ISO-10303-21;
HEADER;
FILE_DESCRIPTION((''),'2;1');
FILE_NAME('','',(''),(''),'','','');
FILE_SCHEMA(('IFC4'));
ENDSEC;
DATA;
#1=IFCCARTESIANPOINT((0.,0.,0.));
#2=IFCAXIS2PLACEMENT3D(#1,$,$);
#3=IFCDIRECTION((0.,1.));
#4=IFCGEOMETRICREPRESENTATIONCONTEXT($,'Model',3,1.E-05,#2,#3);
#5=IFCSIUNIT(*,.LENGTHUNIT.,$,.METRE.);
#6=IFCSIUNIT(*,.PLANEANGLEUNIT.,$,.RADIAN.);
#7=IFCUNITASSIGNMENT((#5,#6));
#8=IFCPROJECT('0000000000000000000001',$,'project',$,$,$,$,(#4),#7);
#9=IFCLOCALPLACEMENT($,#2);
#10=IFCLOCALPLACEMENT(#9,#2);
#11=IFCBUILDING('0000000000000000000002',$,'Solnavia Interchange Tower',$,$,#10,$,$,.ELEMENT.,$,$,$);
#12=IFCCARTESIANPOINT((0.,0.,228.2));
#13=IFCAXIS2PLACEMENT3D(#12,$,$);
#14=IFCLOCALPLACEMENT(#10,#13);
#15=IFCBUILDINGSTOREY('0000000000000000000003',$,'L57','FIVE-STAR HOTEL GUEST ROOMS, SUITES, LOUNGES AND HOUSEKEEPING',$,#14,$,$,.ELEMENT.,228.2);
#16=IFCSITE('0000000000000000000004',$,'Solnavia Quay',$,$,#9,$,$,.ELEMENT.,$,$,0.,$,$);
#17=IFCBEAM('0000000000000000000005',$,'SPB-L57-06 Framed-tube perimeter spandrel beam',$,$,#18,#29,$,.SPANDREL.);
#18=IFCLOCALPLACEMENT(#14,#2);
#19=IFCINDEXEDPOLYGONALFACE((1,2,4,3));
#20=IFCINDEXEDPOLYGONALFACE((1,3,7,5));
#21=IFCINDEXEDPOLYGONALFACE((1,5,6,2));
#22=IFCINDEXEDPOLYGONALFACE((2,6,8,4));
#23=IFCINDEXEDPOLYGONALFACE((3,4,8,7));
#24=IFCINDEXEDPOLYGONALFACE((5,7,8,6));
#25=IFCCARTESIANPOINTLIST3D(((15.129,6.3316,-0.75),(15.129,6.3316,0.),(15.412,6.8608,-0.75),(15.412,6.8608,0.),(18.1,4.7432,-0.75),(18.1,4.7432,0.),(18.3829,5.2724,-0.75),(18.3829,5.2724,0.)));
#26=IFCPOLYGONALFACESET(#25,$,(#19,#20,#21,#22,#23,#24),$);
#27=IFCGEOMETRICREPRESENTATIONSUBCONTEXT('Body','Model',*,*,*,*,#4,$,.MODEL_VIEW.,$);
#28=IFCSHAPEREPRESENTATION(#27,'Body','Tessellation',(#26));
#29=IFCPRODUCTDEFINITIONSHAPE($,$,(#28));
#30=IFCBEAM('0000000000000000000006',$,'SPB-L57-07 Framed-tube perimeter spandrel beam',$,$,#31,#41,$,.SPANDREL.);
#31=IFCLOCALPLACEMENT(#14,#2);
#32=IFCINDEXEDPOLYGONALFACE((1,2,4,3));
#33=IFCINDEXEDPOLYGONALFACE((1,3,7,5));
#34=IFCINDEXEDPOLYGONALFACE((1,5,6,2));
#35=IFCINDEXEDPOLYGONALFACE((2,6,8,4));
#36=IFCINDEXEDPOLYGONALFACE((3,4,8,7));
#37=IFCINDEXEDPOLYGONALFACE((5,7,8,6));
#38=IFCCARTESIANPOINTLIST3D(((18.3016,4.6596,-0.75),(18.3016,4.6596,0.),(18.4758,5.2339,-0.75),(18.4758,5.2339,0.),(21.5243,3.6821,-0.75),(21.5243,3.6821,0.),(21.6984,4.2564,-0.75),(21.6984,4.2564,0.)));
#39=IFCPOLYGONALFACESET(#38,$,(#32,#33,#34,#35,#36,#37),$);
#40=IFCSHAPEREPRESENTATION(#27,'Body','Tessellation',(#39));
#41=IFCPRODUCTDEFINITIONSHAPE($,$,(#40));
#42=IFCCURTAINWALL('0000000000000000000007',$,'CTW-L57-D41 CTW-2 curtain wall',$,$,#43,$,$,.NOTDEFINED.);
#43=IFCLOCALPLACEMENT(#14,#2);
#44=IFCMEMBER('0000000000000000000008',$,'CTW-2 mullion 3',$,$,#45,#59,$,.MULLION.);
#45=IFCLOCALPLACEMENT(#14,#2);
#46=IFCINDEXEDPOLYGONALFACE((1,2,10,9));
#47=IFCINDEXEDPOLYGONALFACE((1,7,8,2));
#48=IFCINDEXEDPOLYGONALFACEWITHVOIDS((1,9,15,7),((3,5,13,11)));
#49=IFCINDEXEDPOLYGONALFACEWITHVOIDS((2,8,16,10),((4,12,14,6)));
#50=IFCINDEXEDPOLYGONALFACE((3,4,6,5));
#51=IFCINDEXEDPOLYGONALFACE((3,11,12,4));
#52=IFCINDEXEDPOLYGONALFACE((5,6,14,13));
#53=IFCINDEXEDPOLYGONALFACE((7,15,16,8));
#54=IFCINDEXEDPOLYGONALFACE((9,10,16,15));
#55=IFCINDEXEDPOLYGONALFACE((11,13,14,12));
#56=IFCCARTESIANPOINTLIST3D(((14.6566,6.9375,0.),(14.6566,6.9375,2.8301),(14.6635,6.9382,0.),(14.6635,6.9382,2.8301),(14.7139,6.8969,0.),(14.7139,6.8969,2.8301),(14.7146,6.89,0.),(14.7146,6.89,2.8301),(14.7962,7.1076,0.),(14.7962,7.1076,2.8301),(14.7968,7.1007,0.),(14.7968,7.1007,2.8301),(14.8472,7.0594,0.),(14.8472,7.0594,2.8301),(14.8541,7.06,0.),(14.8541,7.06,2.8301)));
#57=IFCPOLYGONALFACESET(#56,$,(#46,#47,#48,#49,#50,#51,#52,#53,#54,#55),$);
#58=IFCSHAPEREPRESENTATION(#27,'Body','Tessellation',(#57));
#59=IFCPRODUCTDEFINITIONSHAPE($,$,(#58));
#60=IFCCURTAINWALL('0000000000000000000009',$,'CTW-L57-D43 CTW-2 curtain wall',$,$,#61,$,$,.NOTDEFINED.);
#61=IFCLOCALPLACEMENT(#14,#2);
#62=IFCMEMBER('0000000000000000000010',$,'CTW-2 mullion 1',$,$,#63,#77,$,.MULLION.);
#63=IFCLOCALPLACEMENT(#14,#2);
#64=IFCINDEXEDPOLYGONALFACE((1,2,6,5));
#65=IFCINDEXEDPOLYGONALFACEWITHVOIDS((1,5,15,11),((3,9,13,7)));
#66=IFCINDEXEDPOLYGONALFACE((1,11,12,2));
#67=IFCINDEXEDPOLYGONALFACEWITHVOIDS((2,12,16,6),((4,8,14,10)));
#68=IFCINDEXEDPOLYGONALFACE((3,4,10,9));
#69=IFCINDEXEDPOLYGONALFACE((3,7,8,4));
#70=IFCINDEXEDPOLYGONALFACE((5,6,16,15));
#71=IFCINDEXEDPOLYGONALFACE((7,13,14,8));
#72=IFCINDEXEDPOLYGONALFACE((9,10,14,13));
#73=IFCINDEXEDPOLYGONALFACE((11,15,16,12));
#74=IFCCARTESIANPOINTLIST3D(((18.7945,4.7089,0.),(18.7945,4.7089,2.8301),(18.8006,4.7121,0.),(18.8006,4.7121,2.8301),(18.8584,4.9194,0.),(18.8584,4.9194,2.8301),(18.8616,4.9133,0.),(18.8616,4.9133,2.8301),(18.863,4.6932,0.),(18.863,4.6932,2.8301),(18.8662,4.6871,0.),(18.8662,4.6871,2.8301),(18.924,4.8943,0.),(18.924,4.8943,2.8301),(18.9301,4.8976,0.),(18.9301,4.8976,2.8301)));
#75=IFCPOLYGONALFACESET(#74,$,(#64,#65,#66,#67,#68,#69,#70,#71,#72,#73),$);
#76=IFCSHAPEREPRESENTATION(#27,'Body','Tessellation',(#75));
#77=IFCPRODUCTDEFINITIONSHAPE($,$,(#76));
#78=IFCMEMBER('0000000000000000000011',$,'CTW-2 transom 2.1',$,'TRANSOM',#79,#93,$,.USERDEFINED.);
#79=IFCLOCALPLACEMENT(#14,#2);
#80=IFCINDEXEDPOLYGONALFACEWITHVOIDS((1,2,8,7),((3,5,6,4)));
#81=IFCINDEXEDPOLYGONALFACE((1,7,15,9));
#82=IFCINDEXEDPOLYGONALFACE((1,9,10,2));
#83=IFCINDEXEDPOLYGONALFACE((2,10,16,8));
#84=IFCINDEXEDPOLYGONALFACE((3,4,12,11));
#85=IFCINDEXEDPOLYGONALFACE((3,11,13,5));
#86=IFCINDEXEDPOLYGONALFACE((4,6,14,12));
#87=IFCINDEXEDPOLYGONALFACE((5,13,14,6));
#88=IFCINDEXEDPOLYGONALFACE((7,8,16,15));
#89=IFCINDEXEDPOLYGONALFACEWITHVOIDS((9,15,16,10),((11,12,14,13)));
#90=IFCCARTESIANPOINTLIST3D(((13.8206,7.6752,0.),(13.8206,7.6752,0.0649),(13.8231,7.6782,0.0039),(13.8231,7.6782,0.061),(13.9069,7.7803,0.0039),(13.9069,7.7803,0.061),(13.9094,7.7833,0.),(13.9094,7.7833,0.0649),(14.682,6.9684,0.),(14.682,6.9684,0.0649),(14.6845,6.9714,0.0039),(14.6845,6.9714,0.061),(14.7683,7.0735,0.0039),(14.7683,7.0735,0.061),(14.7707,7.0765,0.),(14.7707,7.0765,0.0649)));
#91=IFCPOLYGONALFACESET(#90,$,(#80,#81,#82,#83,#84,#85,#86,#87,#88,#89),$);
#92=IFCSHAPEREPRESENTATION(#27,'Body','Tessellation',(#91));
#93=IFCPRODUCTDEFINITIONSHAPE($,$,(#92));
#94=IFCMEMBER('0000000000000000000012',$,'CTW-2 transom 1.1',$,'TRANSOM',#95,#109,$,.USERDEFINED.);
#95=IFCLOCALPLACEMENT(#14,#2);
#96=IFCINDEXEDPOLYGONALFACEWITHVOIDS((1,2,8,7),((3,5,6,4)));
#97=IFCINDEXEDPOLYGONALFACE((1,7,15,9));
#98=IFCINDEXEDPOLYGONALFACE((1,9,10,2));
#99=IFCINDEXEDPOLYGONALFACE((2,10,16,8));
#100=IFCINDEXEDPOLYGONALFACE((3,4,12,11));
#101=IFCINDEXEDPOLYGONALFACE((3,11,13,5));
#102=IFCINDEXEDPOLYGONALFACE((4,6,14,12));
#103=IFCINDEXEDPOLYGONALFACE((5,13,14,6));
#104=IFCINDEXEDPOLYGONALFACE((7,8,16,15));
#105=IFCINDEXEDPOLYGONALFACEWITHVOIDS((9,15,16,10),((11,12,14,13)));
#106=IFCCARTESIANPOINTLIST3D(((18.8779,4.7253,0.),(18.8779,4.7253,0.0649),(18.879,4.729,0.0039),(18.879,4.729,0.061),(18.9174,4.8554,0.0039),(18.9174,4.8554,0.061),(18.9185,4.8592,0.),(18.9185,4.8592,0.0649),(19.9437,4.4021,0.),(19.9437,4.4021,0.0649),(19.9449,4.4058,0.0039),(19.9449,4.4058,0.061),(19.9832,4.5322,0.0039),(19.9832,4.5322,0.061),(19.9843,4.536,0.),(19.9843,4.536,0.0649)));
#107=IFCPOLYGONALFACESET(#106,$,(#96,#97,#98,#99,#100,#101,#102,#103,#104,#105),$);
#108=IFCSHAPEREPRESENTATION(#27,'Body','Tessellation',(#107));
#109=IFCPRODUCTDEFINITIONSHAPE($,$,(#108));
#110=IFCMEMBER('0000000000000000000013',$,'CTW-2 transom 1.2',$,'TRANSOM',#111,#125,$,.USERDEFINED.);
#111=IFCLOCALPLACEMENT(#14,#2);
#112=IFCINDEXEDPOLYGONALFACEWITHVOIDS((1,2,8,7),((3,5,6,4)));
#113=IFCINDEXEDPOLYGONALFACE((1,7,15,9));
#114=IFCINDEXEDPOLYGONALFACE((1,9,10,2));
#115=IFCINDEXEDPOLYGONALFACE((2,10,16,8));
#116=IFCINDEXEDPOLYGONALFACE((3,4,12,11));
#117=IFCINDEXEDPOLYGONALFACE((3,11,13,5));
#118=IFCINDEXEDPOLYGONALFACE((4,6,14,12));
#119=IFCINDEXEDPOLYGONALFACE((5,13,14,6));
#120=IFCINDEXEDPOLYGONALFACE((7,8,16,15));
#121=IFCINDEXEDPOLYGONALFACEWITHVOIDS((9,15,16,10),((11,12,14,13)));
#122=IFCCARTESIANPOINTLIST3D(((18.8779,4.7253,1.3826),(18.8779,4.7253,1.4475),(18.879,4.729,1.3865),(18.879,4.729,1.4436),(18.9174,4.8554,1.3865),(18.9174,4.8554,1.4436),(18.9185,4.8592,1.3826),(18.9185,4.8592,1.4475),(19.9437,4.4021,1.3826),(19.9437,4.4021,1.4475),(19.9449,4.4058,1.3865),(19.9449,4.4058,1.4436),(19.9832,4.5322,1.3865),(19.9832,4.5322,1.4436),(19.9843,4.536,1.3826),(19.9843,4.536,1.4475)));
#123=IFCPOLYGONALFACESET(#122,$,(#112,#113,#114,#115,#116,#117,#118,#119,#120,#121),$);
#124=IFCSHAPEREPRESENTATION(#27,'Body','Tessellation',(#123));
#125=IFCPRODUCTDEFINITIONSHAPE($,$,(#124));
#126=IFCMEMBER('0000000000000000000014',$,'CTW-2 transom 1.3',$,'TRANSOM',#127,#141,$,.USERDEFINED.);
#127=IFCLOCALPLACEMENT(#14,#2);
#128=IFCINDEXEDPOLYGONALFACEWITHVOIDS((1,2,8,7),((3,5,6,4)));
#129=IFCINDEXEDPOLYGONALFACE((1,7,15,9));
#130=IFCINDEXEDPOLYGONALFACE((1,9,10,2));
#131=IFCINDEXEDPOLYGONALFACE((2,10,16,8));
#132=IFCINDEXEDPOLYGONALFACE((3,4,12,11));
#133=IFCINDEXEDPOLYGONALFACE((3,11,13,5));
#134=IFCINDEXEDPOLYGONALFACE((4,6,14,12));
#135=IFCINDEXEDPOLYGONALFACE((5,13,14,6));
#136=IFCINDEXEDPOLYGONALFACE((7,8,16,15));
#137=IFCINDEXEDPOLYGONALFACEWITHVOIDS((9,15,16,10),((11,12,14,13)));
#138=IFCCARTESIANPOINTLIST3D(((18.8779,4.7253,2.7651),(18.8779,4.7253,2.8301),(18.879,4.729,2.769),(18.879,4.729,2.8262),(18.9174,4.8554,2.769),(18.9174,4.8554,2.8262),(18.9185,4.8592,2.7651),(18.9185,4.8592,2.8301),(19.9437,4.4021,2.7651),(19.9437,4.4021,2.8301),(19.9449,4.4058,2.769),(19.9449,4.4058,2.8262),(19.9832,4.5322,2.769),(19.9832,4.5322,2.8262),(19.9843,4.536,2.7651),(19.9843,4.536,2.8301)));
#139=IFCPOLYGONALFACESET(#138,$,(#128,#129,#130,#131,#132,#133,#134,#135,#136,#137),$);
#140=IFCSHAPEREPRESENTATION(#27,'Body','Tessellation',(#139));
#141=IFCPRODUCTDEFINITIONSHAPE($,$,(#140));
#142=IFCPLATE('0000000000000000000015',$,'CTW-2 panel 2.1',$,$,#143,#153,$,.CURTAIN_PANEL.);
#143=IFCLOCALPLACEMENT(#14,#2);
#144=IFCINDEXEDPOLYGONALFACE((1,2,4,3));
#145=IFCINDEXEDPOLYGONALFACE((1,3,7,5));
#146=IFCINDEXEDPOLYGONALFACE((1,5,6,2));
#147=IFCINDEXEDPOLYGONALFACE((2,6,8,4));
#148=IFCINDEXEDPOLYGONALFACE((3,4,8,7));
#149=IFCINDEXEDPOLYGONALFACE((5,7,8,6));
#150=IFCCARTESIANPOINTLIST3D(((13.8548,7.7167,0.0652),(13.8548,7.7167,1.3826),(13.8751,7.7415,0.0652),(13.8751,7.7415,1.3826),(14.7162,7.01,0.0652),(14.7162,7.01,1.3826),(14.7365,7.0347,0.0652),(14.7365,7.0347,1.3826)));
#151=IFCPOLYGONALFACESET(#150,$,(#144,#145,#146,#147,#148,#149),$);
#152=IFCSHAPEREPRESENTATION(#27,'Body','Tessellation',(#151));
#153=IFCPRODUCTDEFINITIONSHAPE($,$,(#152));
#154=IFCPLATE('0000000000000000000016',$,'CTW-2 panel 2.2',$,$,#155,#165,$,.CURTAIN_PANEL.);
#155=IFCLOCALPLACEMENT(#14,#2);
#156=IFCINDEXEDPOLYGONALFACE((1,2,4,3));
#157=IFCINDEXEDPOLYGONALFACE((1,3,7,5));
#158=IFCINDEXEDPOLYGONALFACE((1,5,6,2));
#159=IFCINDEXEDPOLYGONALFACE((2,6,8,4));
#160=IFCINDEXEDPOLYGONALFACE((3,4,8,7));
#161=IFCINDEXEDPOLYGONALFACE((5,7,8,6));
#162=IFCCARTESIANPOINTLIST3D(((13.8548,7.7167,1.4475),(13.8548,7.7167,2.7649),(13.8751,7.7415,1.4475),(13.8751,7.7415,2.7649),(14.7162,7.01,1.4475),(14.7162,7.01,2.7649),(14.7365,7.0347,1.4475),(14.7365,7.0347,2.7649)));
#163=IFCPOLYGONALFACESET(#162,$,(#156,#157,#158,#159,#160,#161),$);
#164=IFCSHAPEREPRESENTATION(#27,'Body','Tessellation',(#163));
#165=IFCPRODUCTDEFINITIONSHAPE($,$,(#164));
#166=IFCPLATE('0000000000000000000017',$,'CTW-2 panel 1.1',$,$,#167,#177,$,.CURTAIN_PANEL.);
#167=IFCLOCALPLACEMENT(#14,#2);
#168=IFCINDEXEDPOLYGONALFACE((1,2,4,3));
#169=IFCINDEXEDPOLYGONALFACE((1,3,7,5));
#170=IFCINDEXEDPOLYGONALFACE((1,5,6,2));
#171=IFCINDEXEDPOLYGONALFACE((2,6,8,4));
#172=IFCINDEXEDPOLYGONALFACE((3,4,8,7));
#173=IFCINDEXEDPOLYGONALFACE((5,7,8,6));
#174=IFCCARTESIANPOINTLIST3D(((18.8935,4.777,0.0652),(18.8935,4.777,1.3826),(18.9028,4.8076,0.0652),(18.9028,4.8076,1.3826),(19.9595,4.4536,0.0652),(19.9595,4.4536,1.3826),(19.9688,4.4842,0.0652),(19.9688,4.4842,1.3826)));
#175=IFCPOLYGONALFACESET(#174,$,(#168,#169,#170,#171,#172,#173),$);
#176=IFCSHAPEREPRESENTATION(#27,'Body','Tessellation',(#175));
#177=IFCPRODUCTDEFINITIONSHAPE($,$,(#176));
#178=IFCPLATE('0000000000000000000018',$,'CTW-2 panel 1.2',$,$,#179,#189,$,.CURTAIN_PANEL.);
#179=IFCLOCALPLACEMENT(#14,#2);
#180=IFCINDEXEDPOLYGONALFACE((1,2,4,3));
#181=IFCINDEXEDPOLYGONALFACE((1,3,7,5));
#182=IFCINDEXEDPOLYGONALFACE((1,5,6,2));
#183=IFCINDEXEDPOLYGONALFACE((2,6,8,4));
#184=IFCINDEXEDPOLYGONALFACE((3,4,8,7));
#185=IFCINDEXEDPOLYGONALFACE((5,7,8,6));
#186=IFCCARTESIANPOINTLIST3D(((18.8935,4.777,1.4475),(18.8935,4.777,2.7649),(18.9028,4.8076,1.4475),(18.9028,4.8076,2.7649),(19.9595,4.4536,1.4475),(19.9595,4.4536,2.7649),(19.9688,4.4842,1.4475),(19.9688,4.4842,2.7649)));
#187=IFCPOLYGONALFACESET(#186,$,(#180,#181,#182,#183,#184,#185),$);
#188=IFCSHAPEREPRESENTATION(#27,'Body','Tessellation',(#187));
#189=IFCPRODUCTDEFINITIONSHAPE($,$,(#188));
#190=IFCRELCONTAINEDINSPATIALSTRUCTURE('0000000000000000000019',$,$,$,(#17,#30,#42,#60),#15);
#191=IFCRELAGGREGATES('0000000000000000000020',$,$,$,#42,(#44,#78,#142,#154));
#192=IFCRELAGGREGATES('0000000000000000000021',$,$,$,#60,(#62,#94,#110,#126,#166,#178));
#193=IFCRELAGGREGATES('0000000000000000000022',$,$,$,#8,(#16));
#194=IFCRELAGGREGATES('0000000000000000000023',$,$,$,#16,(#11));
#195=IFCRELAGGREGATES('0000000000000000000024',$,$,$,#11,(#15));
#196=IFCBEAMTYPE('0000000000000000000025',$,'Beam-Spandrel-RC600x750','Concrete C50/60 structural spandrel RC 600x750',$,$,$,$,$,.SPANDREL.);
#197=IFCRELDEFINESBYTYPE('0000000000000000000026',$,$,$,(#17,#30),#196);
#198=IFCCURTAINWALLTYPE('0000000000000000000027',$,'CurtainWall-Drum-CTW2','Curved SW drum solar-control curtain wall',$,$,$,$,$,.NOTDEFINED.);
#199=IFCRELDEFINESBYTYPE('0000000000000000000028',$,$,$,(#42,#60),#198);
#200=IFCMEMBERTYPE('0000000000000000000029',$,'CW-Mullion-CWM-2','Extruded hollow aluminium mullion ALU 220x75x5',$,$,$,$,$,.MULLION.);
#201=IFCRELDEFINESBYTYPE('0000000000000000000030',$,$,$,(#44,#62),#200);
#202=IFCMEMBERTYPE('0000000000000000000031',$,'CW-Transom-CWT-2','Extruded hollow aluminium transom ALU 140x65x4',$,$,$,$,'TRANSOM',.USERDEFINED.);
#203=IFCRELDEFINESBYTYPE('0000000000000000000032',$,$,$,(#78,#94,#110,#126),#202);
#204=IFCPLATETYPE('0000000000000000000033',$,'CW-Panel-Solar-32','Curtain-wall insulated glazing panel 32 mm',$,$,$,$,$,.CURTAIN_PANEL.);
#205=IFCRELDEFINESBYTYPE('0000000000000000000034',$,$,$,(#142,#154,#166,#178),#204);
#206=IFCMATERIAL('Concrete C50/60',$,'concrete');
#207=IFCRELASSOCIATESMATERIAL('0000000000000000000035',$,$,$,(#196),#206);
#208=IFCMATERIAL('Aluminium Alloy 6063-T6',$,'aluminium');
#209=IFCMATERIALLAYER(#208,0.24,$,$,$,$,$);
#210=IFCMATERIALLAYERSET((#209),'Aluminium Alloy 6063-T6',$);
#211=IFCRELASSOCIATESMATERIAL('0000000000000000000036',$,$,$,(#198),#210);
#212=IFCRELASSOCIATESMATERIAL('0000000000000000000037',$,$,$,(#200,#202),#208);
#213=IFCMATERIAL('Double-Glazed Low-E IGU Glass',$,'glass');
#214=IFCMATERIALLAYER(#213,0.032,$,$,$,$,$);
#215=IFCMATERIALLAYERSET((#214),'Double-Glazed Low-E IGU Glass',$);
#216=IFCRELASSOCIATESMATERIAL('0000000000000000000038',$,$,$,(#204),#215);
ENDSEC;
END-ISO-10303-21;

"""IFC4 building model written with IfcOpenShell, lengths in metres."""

from ifc_helpers import new_model, si_unit, direction, frame, origin, origin_2d, place, context, subcontext, project, spatial, rectangle, hollow_rectangle, extrude, material, layer, layer_set, material_profile, profile_set, type_object, element, aggregate, save


model = new_model("IFC4")

# Units and contexts
model_context = context("Model", 3, precision=1e-05, world=origin(), true_north=direction((0.0, 1.0)))
body_context = subcontext(model_context, "Body", "Model", "MODEL_VIEW")
ifc_project = project(units=[si_unit("LENGTHUNIT", "METRE"), si_unit("PLANEANGLEUNIT", "RADIAN")], contexts=[model_context])

# Site, building, storey
site_placement = place(None, origin())
site = spatial("IfcSite", under=ifc_project, at=site_placement, Name="Solnavia Quay", CompositionType="ELEMENT", RefElevation=0.0)
building_placement = place(site_placement, origin())
building = spatial("IfcBuilding", under=site, at=building_placement, Name="Solnavia Interchange Tower", CompositionType="ELEMENT")
storey_placement = place(building_placement, frame((0.0, 0.0, 228.2)))
storey = spatial("IfcBuildingStorey", under=building, at=storey_placement, Name="L57", Description="FIVE-STAR HOTEL GUEST ROOMS, SUITES, LOUNGES AND HOUSEKEEPING", CompositionType="ELEMENT", Elevation=228.2)

# Shared definitions
ifc_material_1 = material(Name="Concrete C50/60", Category="concrete")

# Beams
ifc_material_profile_1 = material_profile(ifc_material_1, rectangle(XDim=0.6001, YDim=0.75, at=origin_2d()), Name="RC 600x750")
ifc_profile_set_1 = profile_set([ifc_material_profile_1], Name="Concrete C50/60")
beam_type_1 = type_object("IfcBeamType", Name="Beam-Spandrel-RC600x750", Description="Concrete C50/60 structural spandrel RC 600x750", PredefinedType="SPANDREL", material=ifc_profile_set_1)
beam_1_placement = place(storey_placement, frame((15.2705, 6.5962, -0.375), z_axis=(0.881875, -0.471483, 0.0), x_axis=(0.471483, 0.881875, 0.0)))
element("IfcBeam", 1, at=beam_1_placement, inside=storey, type_object=beam_type_1, Name="SPB-L57-06 Framed-tube perimeter spandrel beam", PredefinedType="SPANDREL", context=body_context, shape_type="SweptSolid", body=[
    extrude(rectangle(XDim=0.6001, YDim=0.75, at=origin_2d()), origin(), (0.0, 0.0, 1.0), 3.3689),
])
beam_2_placement = place(storey_placement, frame((18.3887, 4.9468, -0.375), z_axis=(0.956944, -0.290273, 0.0), x_axis=(0.290273, 0.956944, 0.0)))
element("IfcBeam", 2, at=beam_2_placement, inside=storey, type_object=beam_type_1, Name="SPB-L57-07 Framed-tube perimeter spandrel beam", PredefinedType="SPANDREL", context=body_context, shape_type="SweptSolid", body=[
    extrude(rectangle(XDim=0.6001, YDim=0.75, at=origin_2d()), origin(), (0.0, 0.0, 1.0), 3.3677),
])

# Curtain walls, members
ifc_material_2 = material(Name="Aluminium Alloy 6063-T6", Category="aluminium")
ifc_layer_1 = layer(ifc_material_2, 0.24)
ifc_layer_set_1 = layer_set([ifc_layer_1], Name="Aluminium Alloy 6063-T6")
curtain_wall_type = type_object("IfcCurtainWallType", Name="CurtainWall-Drum-CTW2", Description="Curved SW drum solar-control curtain wall", PredefinedType="NOTDEFINED", material=ifc_layer_set_1)
curtain_wall_1_placement = place(storey_placement, origin())
curtain_wall_1 = element("IfcCurtainWall", 3, at=curtain_wall_1_placement, inside=storey, type_object=curtain_wall_type, Name="CTW-L57-D41 CTW-2 curtain wall", PredefinedType="NOTDEFINED")
ifc_material_profile_2 = material_profile(ifc_material_2, hollow_rectangle(XDim=0.075, YDim=0.22, WallThickness=0.0049, at=origin_2d()), Name="ALU 220x75x5")
ifc_profile_set_2 = profile_set([ifc_material_profile_2], Name="Aluminium Alloy 6063-T6")
member_type_1 = type_object("IfcMemberType", Name="CW-Mullion-CWM-2", Description="Extruded hollow aluminium mullion ALU 220x75x5", PredefinedType="MULLION", material=ifc_profile_set_2)
member_1_placement = place(storey_placement, frame((14.7554, 6.9988, 0.0), z_axis=(0.0, 0.0, 1.0), x_axis=(0.773103, -0.63428, 0.0)))
member_1 = element("IfcMember", 4, at=member_1_placement, type_object=member_type_1, Name="CTW-2 mullion 3", PredefinedType="MULLION", context=body_context, shape_type="SweptSolid", body=[
    extrude(hollow_rectangle(XDim=0.075, YDim=0.22, WallThickness=0.0049, at=origin_2d()), origin(), (0.0, 0.0, 1.0), 2.8301),
])
curtain_wall_2_placement = place(storey_placement, origin())
curtain_wall_2 = element("IfcCurtainWall", 5, at=curtain_wall_2_placement, inside=storey, type_object=curtain_wall_type, Name="CTW-L57-D43 CTW-2 curtain wall", PredefinedType="NOTDEFINED")
member_2_placement = place(storey_placement, frame((18.8623, 4.8032, 0.0), z_axis=(0.0, 0.0, 1.0), x_axis=(0.956942, -0.290279, 0.0)))
member_2 = element("IfcMember", 6, at=member_2_placement, type_object=member_type_1, Name="CTW-2 mullion 1", PredefinedType="MULLION", context=body_context, shape_type="SweptSolid", body=[
    extrude(hollow_rectangle(XDim=0.075, YDim=0.22, WallThickness=0.0049, at=origin_2d()), origin(), (0.0, 0.0, 1.0), 2.8301),
])

# Members
ifc_material_profile_3 = material_profile(ifc_material_2, hollow_rectangle(XDim=0.0649, YDim=0.1399, WallThickness=0.0039, at=origin_2d()), Name="ALU 140x65x4")
ifc_profile_set_3 = profile_set([ifc_material_profile_3], Name="Aluminium Alloy 6063-T6")
member_type_2 = type_object("IfcMemberType", Name="CW-Transom-CWT-2", Description="Extruded hollow aluminium transom ALU 140x65x4", ElementType="TRANSOM", PredefinedType="USERDEFINED", material=ifc_profile_set_3)
member_3_placement = place(storey_placement, frame((13.865, 7.7292, 0.0325), z_axis=(0.773049, -0.634347, 0.0), x_axis=(0.0, 0.0, 1.0)))
member_3 = element("IfcMember", 7, at=member_3_placement, type_object=member_type_2, Name="CTW-2 transom 2.1", ObjectType="TRANSOM", PredefinedType="USERDEFINED", context=body_context, shape_type="SweptSolid", body=[
    extrude(hollow_rectangle(XDim=0.0649, YDim=0.1399, WallThickness=0.0039, at=origin_2d()), origin(), (0.0, 0.0, 1.0), 1.1143),
])
member_4_placement = place(storey_placement, frame((18.8982, 4.7922, 0.0325), z_axis=(0.956965, -0.290202, 0.0), x_axis=(0.0, 0.0, 1.0)))
member_4 = element("IfcMember", 8, at=member_4_placement, type_object=member_type_2, Name="CTW-2 transom 1.1", ObjectType="TRANSOM", PredefinedType="USERDEFINED", context=body_context, shape_type="SweptSolid", body=[
    extrude(hollow_rectangle(XDim=0.0649, YDim=0.1399, WallThickness=0.0039, at=origin_2d()), origin(), (0.0, 0.0, 1.0), 1.1138),
])
member_5_placement = place(storey_placement, frame((18.8982, 4.7922, 1.415), z_axis=(0.956965, -0.290202, 0.0), x_axis=(0.0, 0.0, 1.0)))
member_5 = element("IfcMember", 9, at=member_5_placement, type_object=member_type_2, Name="CTW-2 transom 1.2", ObjectType="TRANSOM", PredefinedType="USERDEFINED", context=body_context, shape_type="SweptSolid", body=[
    extrude(hollow_rectangle(XDim=0.0649, YDim=0.1399, WallThickness=0.0039, at=origin_2d()), origin(), (0.0, 0.0, 1.0), 1.1138),
])
member_6_placement = place(storey_placement, frame((18.8982, 4.7922, 2.7976), z_axis=(0.956965, -0.290202, 0.0), x_axis=(0.0, 0.0, 1.0)))
member_6 = element("IfcMember", 10, at=member_6_placement, type_object=member_type_2, Name="CTW-2 transom 1.3", ObjectType="TRANSOM", PredefinedType="USERDEFINED", context=body_context, shape_type="SweptSolid", body=[
    extrude(hollow_rectangle(XDim=0.0649, YDim=0.1399, WallThickness=0.0039, at=origin_2d()), origin(), (0.0, 0.0, 1.0), 1.1138),
])

# Plates
ifc_material_3 = material(Name="Double-Glazed Low-E IGU Glass", Category="glass")
ifc_layer_2 = layer(ifc_material_3, 0.032)
ifc_layer_set_2 = layer_set([ifc_layer_2], Name="Double-Glazed Low-E IGU Glass")
plate_type = type_object("IfcPlateType", Name="CW-Panel-Solar-32", Description="Curtain-wall insulated glazing panel 32 mm", PredefinedType="CURTAIN_PANEL", material=ifc_layer_set_2)
plate_1_placement = place(storey_placement, frame((14.2957, 7.3757, 0.0652), z_axis=(0.0, 0.0, 1.0), x_axis=(0.773103, -0.63428, 0.0)))
plate_1 = element("IfcPlate", 11, at=plate_1_placement, type_object=plate_type, Name="CTW-2 panel 2.1", PredefinedType="CURTAIN_PANEL", context=body_context, shape_type="SweptSolid", body=[
    extrude(rectangle(XDim=1.1143, YDim=0.032, at=origin_2d()), origin(), (0.0, 0.0, 1.0), 1.3174),
])
plate_2_placement = place(storey_placement, frame((14.2957, 7.3757, 1.4475), z_axis=(0.0, 0.0, 1.0), x_axis=(0.773103, -0.63428, 0.0)))
plate_2 = element("IfcPlate", 12, at=plate_2_placement, type_object=plate_type, Name="CTW-2 panel 2.2", PredefinedType="CURTAIN_PANEL", context=body_context, shape_type="SweptSolid", body=[
    extrude(rectangle(XDim=1.1143, YDim=0.032, at=origin_2d()), origin(), (0.0, 0.0, 1.0), 1.3174),
])
aggregate(curtain_wall_1, [member_1, member_3, plate_1, plate_2])
plate_3_placement = place(storey_placement, frame((19.4312, 4.6306, 0.0652), z_axis=(0.0, 0.0, 1.0), x_axis=(0.956942, -0.290279, 0.0)))
plate_3 = element("IfcPlate", 13, at=plate_3_placement, type_object=plate_type, Name="CTW-2 panel 1.1", PredefinedType="CURTAIN_PANEL", context=body_context, shape_type="SweptSolid", body=[
    extrude(rectangle(XDim=1.114, YDim=0.032, at=origin_2d()), origin(), (0.0, 0.0, 1.0), 1.3174),
])
plate_4_placement = place(storey_placement, frame((19.4312, 4.6306, 1.4475), z_axis=(0.0, 0.0, 1.0), x_axis=(0.956942, -0.290279, 0.0)))
plate_4 = element("IfcPlate", 14, at=plate_4_placement, type_object=plate_type, Name="CTW-2 panel 1.2", PredefinedType="CURTAIN_PANEL", context=body_context, shape_type="SweptSolid", body=[
    extrude(rectangle(XDim=1.114, YDim=0.032, at=origin_2d()), origin(), (0.0, 0.0, 1.0), 1.3174),
])
aggregate(curtain_wall_2, [member_2, member_4, member_5, member_6, plate_3, plate_4])

save(model, "model.ifc")
